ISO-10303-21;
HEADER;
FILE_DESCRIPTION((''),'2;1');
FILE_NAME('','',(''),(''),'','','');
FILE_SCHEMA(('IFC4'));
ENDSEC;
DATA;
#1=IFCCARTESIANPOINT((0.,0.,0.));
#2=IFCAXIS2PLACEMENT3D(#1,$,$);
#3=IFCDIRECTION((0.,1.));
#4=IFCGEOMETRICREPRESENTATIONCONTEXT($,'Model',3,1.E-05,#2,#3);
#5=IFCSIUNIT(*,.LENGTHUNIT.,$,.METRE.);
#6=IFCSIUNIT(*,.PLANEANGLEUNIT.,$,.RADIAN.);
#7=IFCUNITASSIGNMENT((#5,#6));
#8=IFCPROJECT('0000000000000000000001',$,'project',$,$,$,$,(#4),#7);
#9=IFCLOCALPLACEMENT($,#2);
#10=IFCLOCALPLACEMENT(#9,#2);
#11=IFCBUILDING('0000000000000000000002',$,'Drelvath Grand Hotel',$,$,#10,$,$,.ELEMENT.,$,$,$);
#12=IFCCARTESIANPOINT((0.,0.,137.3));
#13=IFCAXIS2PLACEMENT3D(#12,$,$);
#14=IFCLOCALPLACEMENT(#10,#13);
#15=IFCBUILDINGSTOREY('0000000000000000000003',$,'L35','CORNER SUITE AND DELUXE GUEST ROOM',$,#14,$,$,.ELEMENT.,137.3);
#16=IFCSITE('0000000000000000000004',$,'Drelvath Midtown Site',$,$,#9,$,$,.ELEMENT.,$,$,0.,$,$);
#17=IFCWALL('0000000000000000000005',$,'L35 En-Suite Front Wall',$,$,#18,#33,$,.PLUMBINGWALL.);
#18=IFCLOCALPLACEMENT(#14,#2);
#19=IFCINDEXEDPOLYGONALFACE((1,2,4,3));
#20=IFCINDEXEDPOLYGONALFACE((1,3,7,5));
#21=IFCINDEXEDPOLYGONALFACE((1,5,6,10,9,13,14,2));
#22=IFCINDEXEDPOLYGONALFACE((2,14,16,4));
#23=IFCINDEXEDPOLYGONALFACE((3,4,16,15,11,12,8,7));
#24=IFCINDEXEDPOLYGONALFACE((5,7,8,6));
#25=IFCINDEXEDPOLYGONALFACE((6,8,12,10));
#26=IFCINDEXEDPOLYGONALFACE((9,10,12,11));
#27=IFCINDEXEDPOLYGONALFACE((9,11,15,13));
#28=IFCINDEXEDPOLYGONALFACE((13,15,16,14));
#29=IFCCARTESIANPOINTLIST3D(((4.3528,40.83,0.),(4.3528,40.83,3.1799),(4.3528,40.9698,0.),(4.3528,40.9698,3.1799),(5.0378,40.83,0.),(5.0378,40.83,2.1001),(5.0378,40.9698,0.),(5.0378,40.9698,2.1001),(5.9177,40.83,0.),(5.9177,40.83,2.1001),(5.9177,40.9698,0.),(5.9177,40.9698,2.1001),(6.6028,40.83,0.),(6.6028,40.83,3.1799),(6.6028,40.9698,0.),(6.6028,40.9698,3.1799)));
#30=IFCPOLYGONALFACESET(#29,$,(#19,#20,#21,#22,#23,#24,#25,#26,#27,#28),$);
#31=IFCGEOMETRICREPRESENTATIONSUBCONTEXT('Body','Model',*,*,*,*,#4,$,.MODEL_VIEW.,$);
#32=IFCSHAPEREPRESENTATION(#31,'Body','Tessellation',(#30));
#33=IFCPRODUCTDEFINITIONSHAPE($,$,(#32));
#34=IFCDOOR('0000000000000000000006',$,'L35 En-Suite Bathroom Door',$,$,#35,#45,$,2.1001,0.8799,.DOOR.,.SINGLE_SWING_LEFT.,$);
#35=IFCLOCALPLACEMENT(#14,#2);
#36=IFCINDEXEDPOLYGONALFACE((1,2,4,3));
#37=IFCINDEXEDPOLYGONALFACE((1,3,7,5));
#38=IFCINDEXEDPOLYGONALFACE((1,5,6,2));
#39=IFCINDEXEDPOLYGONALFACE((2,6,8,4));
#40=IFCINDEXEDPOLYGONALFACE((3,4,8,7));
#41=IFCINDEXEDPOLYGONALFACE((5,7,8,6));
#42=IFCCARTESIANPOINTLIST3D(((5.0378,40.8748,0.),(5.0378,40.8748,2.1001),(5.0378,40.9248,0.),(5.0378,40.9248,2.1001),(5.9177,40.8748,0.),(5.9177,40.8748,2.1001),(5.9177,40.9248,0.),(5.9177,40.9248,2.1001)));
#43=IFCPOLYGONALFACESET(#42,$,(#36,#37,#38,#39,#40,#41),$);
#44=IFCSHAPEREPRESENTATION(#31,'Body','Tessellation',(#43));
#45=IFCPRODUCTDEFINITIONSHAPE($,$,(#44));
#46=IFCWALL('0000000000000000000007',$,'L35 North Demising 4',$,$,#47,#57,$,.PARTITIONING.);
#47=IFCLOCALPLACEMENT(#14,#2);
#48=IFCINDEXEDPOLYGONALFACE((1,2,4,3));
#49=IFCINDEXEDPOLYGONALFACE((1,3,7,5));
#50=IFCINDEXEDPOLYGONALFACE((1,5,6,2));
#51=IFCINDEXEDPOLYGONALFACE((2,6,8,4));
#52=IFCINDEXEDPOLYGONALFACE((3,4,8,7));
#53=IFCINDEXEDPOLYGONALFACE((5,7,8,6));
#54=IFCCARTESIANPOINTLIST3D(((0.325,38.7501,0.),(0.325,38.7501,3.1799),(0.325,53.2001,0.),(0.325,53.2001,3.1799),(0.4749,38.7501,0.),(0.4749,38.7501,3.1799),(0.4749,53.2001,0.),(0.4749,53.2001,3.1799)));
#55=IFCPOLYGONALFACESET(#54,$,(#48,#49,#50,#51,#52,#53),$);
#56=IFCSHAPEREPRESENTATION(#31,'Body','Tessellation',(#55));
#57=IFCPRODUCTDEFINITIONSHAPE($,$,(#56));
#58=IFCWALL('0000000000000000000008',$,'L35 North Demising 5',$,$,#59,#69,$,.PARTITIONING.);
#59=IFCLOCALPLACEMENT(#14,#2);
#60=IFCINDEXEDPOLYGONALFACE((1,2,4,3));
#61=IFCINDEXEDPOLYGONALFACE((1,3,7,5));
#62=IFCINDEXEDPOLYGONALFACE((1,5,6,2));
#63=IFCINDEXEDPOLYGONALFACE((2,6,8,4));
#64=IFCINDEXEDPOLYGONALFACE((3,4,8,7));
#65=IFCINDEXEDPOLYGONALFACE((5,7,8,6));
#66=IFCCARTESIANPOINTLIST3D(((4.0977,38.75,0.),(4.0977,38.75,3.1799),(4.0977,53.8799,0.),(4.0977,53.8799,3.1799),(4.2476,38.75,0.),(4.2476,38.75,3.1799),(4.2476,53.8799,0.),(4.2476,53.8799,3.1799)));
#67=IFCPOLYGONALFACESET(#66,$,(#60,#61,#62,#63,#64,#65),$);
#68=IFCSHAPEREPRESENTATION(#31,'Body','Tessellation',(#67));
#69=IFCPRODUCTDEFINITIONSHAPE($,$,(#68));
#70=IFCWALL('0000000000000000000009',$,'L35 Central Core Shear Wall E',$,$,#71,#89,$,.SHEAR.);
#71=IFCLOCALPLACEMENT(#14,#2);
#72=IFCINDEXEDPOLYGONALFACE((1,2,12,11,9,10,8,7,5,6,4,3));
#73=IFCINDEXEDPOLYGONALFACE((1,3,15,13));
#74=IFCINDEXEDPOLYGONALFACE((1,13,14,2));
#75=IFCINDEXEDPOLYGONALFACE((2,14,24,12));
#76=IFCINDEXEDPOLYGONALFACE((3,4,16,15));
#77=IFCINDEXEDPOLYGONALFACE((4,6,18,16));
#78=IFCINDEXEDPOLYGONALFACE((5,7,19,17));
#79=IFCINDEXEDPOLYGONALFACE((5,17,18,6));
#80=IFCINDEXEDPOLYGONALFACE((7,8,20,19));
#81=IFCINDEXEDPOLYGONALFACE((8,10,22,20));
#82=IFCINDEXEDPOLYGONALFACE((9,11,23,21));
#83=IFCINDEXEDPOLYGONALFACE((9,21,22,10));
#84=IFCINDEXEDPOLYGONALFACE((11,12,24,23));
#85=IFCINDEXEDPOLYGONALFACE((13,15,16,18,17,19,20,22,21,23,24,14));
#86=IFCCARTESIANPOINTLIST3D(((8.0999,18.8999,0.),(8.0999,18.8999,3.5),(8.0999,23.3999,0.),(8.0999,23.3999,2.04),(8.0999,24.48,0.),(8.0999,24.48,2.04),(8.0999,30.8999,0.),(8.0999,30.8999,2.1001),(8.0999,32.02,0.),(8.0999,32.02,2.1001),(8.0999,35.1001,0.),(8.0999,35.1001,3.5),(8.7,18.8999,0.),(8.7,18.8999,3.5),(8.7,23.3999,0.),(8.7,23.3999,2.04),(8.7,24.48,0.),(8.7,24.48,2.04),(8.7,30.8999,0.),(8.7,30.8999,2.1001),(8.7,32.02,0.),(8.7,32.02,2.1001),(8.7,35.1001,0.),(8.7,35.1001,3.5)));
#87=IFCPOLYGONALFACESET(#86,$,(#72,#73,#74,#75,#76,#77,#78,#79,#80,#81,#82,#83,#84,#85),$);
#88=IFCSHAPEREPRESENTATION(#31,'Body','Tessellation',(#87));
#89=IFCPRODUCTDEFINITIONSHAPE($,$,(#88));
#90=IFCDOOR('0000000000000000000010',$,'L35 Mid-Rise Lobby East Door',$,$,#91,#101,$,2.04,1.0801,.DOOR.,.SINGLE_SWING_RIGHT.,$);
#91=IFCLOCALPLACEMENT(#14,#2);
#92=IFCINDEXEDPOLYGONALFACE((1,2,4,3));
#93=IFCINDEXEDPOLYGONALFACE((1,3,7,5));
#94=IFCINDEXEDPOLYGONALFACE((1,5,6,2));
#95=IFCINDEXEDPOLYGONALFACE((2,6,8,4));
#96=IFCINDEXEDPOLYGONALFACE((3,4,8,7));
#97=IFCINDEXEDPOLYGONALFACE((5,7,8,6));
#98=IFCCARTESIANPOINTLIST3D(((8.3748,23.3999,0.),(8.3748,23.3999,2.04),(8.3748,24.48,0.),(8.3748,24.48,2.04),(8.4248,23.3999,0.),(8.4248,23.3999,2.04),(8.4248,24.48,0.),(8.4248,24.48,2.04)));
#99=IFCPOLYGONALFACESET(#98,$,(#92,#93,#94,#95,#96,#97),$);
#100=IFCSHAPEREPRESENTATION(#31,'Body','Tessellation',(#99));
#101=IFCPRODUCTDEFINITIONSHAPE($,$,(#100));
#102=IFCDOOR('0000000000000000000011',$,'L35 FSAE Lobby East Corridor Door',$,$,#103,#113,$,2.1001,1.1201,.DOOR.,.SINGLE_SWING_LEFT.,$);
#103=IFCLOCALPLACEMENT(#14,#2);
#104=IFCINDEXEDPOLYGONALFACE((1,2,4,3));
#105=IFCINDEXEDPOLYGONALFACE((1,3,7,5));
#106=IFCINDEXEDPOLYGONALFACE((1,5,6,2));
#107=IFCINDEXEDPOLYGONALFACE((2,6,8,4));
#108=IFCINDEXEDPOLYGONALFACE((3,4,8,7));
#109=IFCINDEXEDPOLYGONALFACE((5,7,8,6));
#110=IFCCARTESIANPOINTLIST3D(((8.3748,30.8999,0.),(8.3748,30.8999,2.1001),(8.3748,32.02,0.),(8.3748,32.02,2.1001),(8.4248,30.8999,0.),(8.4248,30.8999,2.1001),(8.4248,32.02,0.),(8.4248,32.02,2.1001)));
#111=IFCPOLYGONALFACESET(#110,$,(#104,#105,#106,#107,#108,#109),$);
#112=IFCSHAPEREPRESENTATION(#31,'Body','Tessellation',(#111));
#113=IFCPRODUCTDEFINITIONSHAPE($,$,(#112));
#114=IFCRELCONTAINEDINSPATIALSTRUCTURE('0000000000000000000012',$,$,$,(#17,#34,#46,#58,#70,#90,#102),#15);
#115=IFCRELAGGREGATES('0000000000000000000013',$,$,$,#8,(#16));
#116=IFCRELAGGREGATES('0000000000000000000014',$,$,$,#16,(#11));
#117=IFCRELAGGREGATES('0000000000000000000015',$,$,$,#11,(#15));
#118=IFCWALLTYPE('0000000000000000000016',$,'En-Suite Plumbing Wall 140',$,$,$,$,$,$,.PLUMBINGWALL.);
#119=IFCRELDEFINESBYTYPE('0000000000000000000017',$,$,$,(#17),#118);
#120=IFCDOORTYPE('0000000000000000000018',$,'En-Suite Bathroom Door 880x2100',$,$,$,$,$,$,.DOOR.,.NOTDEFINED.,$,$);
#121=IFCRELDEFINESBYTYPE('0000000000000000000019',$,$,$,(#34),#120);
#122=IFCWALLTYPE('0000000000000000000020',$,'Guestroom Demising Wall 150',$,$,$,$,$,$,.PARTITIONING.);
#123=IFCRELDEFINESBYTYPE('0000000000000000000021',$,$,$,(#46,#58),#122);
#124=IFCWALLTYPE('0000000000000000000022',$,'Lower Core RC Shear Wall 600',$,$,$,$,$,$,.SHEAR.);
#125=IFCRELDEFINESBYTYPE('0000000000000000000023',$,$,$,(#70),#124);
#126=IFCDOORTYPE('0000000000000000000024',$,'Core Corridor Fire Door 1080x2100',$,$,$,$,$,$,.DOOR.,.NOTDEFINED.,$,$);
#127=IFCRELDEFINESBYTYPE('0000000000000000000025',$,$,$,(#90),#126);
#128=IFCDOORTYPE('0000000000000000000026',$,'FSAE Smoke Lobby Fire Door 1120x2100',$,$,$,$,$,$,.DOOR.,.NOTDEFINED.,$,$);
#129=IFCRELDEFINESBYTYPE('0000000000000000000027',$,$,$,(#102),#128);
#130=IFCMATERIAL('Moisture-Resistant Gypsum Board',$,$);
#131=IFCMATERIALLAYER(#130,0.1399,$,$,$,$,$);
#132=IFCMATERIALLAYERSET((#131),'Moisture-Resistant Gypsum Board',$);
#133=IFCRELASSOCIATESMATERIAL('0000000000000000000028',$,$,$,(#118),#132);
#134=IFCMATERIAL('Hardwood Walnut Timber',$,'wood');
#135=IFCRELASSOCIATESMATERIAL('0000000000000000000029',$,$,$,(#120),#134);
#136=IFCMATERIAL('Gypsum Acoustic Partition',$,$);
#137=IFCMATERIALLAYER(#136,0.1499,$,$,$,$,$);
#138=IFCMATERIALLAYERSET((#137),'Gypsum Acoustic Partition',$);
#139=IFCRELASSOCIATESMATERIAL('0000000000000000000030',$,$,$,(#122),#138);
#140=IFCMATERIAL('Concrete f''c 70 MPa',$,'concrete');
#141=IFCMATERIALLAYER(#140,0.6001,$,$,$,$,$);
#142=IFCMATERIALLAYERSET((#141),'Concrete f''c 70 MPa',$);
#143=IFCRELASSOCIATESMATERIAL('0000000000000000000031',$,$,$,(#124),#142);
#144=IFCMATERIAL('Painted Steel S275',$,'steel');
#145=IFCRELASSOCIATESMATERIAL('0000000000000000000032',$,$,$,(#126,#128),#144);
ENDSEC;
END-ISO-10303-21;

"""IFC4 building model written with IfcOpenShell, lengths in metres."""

from ifc_helpers import new_model, si_unit, direction, frame, frame_2d, origin, place, context, subcontext, project, spatial, rectangle, extrude, material, layer, layer_set, type_object, element, fill, save


model = new_model("IFC4")

# Units and contexts
model_context = context("Model", 3, precision=1e-05, world=origin(), true_north=direction((0.0, 1.0)))
body_context = subcontext(model_context, "Body", "Model", "MODEL_VIEW")
ifc_project = project(units=[si_unit("LENGTHUNIT", "METRE"), si_unit("PLANEANGLEUNIT", "RADIAN")], contexts=[model_context])

# Site, building, storey
site_placement = place(None, origin())
site = spatial("IfcSite", under=ifc_project, at=site_placement, Name="Drelvath Midtown Site", CompositionType="ELEMENT", RefElevation=0.0)
building_placement = place(site_placement, origin())
building = spatial("IfcBuilding", under=site, at=building_placement, Name="Drelvath Grand Hotel", CompositionType="ELEMENT")
storey_placement = place(building_placement, frame((0.0, 0.0, 137.3)))
storey = spatial("IfcBuildingStorey", under=building, at=storey_placement, Name="L35", Description="CORNER SUITE AND DELUXE GUEST ROOM", CompositionType="ELEMENT", Elevation=137.3)

# Shared definitions
ifc_material_1 = material(Name="Moisture-Resistant Gypsum Board")
ifc_layer_1 = layer(ifc_material_1, 0.1399)
ifc_layer_set_1 = layer_set([ifc_layer_1], Name="Moisture-Resistant Gypsum Board")
wall_type_1 = type_object("IfcWallType", Name="En-Suite Plumbing Wall 140", PredefinedType="PLUMBINGWALL", material=ifc_layer_set_1)

# Shared definitions
ifc_material_2 = material(Name="Hardwood Walnut Timber", Category="wood")
door_type_1 = type_object("IfcDoorType", Name="En-Suite Bathroom Door 880x2100", OperationType="NOTDEFINED", PredefinedType="DOOR", material=ifc_material_2)

# Wall, opening, door
wall_1_placement = place(storey_placement, frame((4.3528, 40.8999, 0.0), z_axis=(0.0, 0.0, 1.0), x_axis=(1.0, 0.0, 0.0)))
wall_1 = element("IfcWall", 1, at=wall_1_placement, inside=storey, type_object=wall_type_1, Name="L35 En-Suite Front Wall", PredefinedType="PLUMBINGWALL", context=body_context, shape_type="SweptSolid", body=[
    extrude(rectangle(XDim=2.25, YDim=0.1399, at=frame_2d((1.125, 0.0))), origin(), (0.0, 0.0, 1.0), 3.1799),
])
opening_1_placement = place(wall_1_placement, frame((0.6851, 0.0, 0.0)))
opening_1 = element("IfcOpeningElement", 2, at=opening_1_placement, cuts=wall_1, PredefinedType="OPENING", context=body_context, shape_type="SweptSolid", body=[
    extrude(rectangle(XDim=0.8799, YDim=2.1001, at=frame_2d((0.4399, 1.05))), frame((0.0, 0.0798, 0.0), z_axis=(0.0, -1.0, 0.0), x_axis=(1.0, 0.0, 0.0)), (0.0, 0.0, 1.0), 0.1599),
])
door_1_placement = place(opening_1_placement, origin())
door_1 = element("IfcDoor", 3, at=door_1_placement, inside=storey, type_object=door_type_1, Name="L35 En-Suite Bathroom Door", OperationType="SINGLE_SWING_LEFT", OverallHeight=2.1001, OverallWidth=0.8799, PredefinedType="DOOR", context=body_context, shape_type="SweptSolid", body=[
    extrude(rectangle(XDim=0.8799, YDim=2.1001, at=frame_2d((0.4399, 1.05))), frame((0.0, 0.0249, 0.0), z_axis=(0.0, -1.0, 0.0), x_axis=(1.0, 0.0, 0.0)), (0.0, 0.0, 1.0), 0.05),
])
fill(opening_1, door_1)

# Walls
ifc_material_3 = material(Name="Gypsum Acoustic Partition")
ifc_layer_2 = layer(ifc_material_3, 0.1499)
ifc_layer_set_2 = layer_set([ifc_layer_2], Name="Gypsum Acoustic Partition")
wall_type_2 = type_object("IfcWallType", Name="Guestroom Demising Wall 150", PredefinedType="PARTITIONING", material=ifc_layer_set_2)
wall_2_placement = place(storey_placement, frame((0.3999, 38.75, 0.0), z_axis=(0.0, 0.0, 1.0), x_axis=(0.0, 1.0, 0.0)))
element("IfcWall", 4, at=wall_2_placement, inside=storey, type_object=wall_type_2, Name="L35 North Demising 4", PredefinedType="PARTITIONING", context=body_context, shape_type="SweptSolid", body=[
    extrude(rectangle(XDim=14.45, YDim=0.1499, at=frame_2d((7.2251, 0.0))), origin(), (0.0, 0.0, 1.0), 3.1799),
])
wall_3_placement = place(storey_placement, frame((4.1726, 38.75, 0.0), z_axis=(0.0, 0.0, 1.0), x_axis=(0.0, 1.0, 0.0)))
element("IfcWall", 5, at=wall_3_placement, inside=storey, type_object=wall_type_2, Name="L35 North Demising 5", PredefinedType="PARTITIONING", context=body_context, shape_type="SweptSolid", body=[
    extrude(rectangle(XDim=15.1299, YDim=0.1499, at=frame_2d((7.5649, 0.0))), origin(), (0.0, 0.0, 1.0), 3.1799),
])

# Wall, openings, doors
ifc_material_4 = material(Name="Concrete f'c 70 MPa", Category="concrete")
ifc_layer_3 = layer(ifc_material_4, 0.6001)
ifc_layer_set_3 = layer_set([ifc_layer_3], Name="Concrete f'c 70 MPa")
wall_type_3 = type_object("IfcWallType", Name="Lower Core RC Shear Wall 600", PredefinedType="SHEAR", material=ifc_layer_set_3)
wall_4_placement = place(storey_placement, frame((8.3999, 35.1001, 0.0), z_axis=(0.0, 0.0, 1.0), x_axis=(0.0, -1.0, 0.0)))
wall_4 = element("IfcWall", 6, at=wall_4_placement, inside=storey, type_object=wall_type_3, Name="L35 Central Core Shear Wall E", PredefinedType="SHEAR", context=body_context, shape_type="SweptSolid", body=[
    extrude(rectangle(XDim=16.2002, YDim=0.6001, at=frame_2d((8.1001, 0.0))), origin(), (0.0, 0.0, 1.0), 3.5),
])
opening_2_placement = place(wall_4_placement, frame((3.0801, 0.0, 0.0)))
opening_2 = element("IfcOpeningElement", 7, at=opening_2_placement, cuts=wall_4, PredefinedType="OPENING", context=body_context, shape_type="SweptSolid", body=[
    extrude(rectangle(XDim=1.1201, YDim=2.1001, at=frame_2d((0.5601, 1.05))), frame((0.0, 0.3101, 0.0), z_axis=(0.0, -1.0, 0.0), x_axis=(1.0, 0.0, 0.0)), (0.0, 0.0, 1.0), 0.6201),
])
opening_3_placement = place(wall_4_placement, frame((10.6201, 0.0, 0.0)))
opening_3 = element("IfcOpeningElement", 8, at=opening_3_placement, cuts=wall_4, PredefinedType="OPENING", context=body_context, shape_type="SweptSolid", body=[
    extrude(rectangle(XDim=1.0801, YDim=2.04, at=frame_2d((0.54, 1.02))), frame((0.0, 0.3101, 0.0), z_axis=(0.0, -1.0, 0.0), x_axis=(1.0, 0.0, 0.0)), (0.0, 0.0, 1.0), 0.6201),
])
ifc_material_5 = material(Name="Painted Steel S275", Category="steel")
door_type_2 = type_object("IfcDoorType", Name="Core Corridor Fire Door 1080x2100", OperationType="NOTDEFINED", PredefinedType="DOOR", material=ifc_material_5)
door_2_placement = place(opening_3_placement, origin())
door_2 = element("IfcDoor", 9, at=door_2_placement, inside=storey, type_object=door_type_2, Name="L35 Mid-Rise Lobby East Door", OperationType="SINGLE_SWING_RIGHT", OverallHeight=2.04, OverallWidth=1.0801, PredefinedType="DOOR", context=body_context, shape_type="SweptSolid", body=[
    extrude(rectangle(XDim=1.0801, YDim=2.04, at=frame_2d((0.54, 1.02))), frame((0.0, 0.0249, 0.0), z_axis=(0.0, -1.0, 0.0), x_axis=(1.0, 0.0, 0.0)), (0.0, 0.0, 1.0), 0.05),
])
fill(opening_3, door_2)
door_type_3 = type_object("IfcDoorType", Name="FSAE Smoke Lobby Fire Door 1120x2100", OperationType="NOTDEFINED", PredefinedType="DOOR", material=ifc_material_5)
door_3_placement = place(opening_2_placement, origin())
door_3 = element("IfcDoor", 10, at=door_3_placement, inside=storey, type_object=door_type_3, Name="L35 FSAE Lobby East Corridor Door", OperationType="SINGLE_SWING_LEFT", OverallHeight=2.1001, OverallWidth=1.1201, PredefinedType="DOOR", context=body_context, shape_type="SweptSolid", body=[
    extrude(rectangle(XDim=1.1201, YDim=2.1001, at=frame_2d((0.5601, 1.05))), frame((0.0, 0.0249, 0.0), z_axis=(0.0, -1.0, 0.0), x_axis=(1.0, 0.0, 0.0)), (0.0, 0.0, 1.0), 0.05),
])
fill(opening_2, door_3)

save(model, "model.ifc")
